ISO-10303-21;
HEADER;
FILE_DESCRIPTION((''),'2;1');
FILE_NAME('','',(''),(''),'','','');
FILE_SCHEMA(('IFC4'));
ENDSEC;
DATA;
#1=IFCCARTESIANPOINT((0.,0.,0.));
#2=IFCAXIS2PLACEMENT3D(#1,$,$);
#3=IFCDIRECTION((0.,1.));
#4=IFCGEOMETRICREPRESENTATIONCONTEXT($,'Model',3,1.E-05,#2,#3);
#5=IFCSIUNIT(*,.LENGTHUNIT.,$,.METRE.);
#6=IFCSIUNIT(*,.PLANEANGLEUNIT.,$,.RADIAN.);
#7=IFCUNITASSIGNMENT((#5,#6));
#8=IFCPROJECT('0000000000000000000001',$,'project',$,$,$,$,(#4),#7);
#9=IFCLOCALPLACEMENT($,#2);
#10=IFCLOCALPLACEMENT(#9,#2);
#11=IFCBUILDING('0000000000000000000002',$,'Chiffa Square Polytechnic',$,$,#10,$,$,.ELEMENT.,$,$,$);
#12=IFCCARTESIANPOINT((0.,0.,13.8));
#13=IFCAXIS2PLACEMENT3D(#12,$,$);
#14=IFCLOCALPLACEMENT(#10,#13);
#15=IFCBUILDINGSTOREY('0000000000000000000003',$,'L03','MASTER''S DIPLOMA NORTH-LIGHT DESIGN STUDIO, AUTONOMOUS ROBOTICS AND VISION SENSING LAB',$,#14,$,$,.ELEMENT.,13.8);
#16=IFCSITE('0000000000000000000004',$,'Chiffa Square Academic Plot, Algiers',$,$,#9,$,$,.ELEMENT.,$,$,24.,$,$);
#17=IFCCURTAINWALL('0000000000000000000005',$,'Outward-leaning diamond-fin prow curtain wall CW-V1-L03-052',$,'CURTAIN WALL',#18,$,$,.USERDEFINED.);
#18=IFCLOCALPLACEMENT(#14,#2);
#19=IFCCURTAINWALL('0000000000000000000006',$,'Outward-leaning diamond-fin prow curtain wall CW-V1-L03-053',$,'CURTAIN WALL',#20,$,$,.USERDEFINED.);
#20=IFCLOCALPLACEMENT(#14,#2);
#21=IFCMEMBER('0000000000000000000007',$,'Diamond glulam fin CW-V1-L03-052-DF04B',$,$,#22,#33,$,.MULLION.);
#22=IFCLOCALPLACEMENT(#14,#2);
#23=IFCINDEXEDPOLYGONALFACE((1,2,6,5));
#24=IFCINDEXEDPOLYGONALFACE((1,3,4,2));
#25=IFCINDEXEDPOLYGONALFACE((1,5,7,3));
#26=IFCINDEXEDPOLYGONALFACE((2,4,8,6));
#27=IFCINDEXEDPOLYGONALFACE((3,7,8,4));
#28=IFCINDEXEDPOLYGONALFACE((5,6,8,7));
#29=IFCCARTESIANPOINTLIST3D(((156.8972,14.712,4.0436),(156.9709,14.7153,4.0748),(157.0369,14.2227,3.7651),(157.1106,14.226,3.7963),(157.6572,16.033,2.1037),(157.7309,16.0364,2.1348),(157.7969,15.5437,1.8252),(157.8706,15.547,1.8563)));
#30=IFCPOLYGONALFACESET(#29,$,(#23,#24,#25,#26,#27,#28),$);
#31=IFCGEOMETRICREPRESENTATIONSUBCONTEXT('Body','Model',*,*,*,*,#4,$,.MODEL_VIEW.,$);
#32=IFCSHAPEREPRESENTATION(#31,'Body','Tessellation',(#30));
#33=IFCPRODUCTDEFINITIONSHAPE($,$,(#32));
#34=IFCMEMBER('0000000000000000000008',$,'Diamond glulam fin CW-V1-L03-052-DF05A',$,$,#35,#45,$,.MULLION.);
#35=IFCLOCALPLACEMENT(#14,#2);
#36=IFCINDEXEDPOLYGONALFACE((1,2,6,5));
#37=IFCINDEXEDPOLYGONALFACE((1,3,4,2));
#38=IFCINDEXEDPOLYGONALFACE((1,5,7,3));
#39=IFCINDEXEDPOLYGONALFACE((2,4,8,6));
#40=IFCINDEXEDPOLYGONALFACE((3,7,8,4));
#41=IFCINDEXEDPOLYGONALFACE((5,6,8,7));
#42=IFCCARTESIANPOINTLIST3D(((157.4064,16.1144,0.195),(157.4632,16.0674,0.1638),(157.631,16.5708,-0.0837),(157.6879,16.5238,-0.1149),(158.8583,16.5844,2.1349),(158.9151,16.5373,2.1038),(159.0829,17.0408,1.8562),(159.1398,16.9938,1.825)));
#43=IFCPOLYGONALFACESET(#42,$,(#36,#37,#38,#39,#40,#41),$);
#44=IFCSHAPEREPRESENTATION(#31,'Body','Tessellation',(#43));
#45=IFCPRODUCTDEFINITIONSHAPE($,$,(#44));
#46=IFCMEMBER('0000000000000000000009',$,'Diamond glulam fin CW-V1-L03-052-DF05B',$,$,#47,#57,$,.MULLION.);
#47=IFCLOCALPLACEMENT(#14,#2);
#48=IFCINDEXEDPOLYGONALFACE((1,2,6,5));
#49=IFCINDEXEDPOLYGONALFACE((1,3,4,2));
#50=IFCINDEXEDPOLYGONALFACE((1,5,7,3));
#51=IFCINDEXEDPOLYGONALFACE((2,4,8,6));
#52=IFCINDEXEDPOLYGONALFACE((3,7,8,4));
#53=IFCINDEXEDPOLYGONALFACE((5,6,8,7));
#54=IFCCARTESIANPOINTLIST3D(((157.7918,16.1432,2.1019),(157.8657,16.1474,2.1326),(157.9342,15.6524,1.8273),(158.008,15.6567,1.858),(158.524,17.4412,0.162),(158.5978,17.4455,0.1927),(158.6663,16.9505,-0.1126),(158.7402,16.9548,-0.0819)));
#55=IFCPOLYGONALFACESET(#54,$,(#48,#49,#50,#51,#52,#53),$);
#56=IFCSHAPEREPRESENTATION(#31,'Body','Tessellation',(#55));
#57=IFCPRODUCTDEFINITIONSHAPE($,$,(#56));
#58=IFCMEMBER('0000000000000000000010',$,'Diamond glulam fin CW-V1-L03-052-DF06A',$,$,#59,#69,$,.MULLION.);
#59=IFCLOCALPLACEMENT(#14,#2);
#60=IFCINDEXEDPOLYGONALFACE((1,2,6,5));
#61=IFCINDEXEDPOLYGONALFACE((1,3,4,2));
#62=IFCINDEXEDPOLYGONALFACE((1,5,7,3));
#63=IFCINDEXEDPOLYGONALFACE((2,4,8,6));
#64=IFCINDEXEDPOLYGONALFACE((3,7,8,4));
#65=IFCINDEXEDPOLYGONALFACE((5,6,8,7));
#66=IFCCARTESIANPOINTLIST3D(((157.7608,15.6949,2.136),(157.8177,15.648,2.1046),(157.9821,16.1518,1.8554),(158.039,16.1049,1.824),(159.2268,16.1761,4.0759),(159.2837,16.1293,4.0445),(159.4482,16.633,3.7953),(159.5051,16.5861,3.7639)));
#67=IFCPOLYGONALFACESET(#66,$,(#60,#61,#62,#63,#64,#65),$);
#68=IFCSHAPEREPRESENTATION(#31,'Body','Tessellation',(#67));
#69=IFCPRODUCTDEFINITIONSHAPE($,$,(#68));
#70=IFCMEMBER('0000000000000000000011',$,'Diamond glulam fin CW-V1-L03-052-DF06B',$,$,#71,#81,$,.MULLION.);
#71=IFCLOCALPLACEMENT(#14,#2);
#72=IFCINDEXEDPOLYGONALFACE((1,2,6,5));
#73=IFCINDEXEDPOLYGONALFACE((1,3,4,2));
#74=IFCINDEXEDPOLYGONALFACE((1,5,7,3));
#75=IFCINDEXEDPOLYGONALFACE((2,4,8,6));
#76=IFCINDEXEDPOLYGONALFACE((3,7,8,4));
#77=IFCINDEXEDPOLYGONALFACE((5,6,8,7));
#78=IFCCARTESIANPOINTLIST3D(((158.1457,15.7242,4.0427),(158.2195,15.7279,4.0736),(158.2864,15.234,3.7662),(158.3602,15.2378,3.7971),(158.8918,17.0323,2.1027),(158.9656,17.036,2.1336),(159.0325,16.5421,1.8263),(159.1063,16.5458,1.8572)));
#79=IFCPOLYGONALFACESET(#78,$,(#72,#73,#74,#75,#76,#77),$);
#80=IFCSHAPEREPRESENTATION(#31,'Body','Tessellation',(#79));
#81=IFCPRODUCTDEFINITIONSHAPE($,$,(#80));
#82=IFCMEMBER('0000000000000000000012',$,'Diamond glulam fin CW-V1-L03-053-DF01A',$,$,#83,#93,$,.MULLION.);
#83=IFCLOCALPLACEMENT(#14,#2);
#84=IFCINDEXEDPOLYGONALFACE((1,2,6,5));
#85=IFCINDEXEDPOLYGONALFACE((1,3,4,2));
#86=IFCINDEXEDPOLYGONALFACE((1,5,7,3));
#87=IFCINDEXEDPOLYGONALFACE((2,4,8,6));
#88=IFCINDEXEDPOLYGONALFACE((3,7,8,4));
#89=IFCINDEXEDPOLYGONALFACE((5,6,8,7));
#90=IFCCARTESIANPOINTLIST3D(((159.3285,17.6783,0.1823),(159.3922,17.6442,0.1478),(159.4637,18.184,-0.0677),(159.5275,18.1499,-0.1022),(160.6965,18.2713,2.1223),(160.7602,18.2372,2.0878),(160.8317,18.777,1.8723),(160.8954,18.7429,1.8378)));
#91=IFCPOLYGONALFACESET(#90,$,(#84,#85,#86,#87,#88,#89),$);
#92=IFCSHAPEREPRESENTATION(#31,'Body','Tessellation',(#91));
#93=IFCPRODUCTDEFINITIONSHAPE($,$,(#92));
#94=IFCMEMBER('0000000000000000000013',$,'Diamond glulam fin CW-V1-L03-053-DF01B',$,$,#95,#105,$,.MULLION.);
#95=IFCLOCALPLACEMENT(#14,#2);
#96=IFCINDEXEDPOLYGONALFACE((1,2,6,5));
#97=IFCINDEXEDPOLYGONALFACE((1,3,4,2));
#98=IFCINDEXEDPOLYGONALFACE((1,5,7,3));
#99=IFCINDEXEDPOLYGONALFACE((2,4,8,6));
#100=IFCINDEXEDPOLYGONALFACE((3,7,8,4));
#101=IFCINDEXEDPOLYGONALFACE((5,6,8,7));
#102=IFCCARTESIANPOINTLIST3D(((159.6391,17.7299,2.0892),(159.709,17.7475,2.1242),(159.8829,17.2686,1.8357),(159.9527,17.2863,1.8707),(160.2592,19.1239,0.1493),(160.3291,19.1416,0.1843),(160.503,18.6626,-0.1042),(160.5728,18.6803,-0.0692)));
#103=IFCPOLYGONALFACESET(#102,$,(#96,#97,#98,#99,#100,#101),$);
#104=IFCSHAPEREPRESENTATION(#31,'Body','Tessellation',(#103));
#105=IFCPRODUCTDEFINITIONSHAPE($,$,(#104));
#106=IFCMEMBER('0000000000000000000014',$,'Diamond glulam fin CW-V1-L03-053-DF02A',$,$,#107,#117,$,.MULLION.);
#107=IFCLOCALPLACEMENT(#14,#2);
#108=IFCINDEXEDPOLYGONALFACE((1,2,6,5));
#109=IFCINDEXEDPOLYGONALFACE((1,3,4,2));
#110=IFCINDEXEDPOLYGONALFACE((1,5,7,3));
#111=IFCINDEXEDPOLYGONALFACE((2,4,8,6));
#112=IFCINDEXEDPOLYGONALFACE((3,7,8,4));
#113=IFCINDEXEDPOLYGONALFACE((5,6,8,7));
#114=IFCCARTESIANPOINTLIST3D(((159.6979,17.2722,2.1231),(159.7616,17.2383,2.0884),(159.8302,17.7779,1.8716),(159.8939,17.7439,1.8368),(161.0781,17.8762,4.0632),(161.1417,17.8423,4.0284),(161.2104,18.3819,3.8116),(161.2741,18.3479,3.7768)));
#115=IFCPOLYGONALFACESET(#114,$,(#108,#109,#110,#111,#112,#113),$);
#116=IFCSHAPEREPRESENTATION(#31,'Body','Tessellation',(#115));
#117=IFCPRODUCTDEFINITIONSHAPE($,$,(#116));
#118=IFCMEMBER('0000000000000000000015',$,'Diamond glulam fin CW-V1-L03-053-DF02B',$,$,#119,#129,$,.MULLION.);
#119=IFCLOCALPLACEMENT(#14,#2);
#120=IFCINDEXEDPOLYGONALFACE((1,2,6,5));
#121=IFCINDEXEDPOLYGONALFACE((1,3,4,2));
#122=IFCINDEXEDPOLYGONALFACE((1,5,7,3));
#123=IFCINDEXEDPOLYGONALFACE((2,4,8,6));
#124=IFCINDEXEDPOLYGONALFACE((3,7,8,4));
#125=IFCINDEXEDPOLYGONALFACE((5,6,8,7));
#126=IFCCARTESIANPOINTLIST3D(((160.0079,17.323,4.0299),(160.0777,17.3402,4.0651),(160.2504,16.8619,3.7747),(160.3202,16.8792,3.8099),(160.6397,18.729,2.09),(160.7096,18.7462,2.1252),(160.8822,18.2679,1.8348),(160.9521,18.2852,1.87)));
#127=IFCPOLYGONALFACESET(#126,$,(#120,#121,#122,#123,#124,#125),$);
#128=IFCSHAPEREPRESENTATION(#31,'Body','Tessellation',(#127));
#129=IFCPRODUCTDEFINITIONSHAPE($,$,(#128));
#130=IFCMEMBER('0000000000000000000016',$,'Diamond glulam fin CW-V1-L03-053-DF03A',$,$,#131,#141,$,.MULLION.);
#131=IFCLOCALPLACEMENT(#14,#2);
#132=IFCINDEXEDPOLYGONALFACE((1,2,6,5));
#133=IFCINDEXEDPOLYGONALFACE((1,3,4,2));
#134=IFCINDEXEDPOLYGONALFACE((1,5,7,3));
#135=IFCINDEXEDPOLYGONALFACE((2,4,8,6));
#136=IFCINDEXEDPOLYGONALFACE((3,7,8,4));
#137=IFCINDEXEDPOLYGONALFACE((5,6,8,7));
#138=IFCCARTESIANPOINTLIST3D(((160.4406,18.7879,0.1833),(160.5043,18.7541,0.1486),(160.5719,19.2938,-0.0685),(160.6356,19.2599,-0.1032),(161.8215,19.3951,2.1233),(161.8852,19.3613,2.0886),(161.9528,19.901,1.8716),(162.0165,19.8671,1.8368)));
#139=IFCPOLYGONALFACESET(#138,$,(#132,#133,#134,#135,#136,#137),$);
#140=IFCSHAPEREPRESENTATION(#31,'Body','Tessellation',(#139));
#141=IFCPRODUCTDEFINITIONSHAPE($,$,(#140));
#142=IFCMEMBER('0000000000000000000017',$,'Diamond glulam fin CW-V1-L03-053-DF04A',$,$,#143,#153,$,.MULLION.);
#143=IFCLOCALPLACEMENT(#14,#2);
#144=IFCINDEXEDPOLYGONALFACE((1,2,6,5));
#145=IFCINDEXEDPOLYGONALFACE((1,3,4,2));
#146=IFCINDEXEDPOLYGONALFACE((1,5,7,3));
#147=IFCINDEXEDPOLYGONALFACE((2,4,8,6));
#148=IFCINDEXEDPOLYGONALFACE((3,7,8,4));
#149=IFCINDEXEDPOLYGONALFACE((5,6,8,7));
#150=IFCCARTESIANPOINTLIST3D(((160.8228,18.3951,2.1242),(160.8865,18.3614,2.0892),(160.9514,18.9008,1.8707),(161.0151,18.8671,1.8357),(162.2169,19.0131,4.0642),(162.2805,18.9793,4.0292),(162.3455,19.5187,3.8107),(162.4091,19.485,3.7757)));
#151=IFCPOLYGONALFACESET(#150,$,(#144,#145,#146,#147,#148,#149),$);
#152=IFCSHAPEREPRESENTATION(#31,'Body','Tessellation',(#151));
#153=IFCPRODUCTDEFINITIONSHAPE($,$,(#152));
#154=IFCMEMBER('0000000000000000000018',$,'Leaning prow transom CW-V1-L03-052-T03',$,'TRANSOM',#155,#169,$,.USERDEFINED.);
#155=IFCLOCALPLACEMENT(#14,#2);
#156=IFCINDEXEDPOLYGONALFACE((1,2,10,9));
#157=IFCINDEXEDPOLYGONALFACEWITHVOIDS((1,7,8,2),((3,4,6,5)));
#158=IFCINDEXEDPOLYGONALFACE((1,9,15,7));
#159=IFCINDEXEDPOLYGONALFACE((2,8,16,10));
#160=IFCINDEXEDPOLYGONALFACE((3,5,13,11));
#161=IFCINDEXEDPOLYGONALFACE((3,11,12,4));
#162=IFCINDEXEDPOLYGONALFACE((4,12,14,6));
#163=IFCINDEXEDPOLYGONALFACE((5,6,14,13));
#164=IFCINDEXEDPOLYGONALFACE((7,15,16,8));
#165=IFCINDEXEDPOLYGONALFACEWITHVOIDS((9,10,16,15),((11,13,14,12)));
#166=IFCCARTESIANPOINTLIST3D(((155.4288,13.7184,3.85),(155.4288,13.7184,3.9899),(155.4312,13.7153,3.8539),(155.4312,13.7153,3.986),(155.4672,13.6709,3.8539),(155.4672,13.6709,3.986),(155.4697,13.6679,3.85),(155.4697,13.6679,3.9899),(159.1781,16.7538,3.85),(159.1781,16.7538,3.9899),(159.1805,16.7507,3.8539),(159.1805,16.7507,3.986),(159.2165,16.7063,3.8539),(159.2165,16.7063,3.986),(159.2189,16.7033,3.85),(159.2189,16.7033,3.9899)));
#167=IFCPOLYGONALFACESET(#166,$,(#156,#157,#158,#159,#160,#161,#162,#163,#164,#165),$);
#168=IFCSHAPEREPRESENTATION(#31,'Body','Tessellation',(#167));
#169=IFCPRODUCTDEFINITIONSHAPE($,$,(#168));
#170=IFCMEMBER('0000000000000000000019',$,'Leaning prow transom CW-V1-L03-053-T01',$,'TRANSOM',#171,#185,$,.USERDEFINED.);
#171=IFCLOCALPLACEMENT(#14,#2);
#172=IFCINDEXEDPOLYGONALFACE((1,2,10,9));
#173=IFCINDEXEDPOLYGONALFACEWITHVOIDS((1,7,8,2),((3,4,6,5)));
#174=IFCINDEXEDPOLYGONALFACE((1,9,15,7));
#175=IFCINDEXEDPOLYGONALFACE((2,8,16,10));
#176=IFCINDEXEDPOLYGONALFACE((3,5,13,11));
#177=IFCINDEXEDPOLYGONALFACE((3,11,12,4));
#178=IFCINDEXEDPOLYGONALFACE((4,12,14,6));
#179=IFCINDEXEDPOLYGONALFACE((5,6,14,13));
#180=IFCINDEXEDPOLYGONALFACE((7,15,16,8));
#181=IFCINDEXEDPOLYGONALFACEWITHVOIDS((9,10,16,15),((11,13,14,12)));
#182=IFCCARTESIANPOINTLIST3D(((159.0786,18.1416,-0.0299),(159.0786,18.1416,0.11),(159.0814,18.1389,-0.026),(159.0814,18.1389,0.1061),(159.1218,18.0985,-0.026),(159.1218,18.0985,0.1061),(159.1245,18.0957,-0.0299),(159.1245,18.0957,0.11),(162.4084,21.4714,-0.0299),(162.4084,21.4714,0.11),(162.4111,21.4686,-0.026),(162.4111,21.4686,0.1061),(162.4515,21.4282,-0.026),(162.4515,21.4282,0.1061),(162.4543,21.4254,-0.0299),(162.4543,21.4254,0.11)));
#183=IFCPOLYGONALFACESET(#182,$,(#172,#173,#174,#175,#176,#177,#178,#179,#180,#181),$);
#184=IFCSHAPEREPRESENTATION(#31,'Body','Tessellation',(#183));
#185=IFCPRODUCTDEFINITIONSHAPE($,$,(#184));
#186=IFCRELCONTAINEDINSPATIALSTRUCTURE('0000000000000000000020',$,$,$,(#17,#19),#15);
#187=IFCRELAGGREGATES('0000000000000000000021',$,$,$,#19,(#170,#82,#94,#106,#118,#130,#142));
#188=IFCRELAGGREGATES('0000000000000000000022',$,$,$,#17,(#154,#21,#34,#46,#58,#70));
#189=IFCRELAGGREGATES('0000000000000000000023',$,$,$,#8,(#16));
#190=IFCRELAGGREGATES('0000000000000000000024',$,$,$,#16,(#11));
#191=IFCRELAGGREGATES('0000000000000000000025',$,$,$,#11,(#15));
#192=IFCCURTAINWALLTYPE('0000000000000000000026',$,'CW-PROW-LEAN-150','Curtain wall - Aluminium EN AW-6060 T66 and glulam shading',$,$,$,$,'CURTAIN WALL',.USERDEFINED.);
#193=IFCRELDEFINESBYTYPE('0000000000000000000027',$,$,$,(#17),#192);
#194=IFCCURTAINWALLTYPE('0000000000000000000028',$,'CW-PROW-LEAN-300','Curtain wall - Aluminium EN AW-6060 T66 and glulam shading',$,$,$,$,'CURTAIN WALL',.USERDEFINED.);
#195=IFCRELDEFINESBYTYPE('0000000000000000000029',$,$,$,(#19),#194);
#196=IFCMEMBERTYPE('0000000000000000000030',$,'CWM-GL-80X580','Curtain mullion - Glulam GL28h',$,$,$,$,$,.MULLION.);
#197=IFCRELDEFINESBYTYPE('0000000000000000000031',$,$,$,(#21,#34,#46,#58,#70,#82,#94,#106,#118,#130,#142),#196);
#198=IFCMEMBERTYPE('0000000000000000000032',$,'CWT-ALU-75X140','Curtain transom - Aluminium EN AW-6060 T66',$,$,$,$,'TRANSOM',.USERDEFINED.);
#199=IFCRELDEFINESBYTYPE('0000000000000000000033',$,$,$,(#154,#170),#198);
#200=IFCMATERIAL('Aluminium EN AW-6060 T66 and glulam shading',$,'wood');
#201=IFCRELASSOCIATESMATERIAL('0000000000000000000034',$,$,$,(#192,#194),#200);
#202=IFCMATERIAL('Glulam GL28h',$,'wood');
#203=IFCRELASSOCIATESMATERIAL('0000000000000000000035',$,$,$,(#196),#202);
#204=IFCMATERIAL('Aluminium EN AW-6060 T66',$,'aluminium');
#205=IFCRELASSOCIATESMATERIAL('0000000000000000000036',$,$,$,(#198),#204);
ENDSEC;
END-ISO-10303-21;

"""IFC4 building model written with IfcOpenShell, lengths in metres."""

from ifc_helpers import new_model, si_unit, direction, frame, origin, origin_2d, place, context, subcontext, project, spatial, rectangle, hollow_rectangle, extrude, material, material_profile, profile_set, type_object, element, aggregate, save


model = new_model("IFC4")

# Units and contexts
model_context = context("Model", 3, precision=1e-05, world=origin(), true_north=direction((0.0, 1.0)))
body_context = subcontext(model_context, "Body", "Model", "MODEL_VIEW")
ifc_project = project(units=[si_unit("LENGTHUNIT", "METRE"), si_unit("PLANEANGLEUNIT", "RADIAN")], contexts=[model_context])

# Site, building, storey
site_placement = place(None, origin())
site = spatial("IfcSite", under=ifc_project, at=site_placement, Name="Chiffa Square Academic Plot, Algiers", CompositionType="ELEMENT", RefElevation=24.0)
building_placement = place(site_placement, origin())
building = spatial("IfcBuilding", under=site, at=building_placement, Name="Chiffa Square Polytechnic", CompositionType="ELEMENT")
storey_placement = place(building_placement, frame((0.0, 0.0, 13.8)))
storey = spatial("IfcBuildingStorey", under=building, at=storey_placement, Name="L03", Description="MASTER'S DIPLOMA NORTH-LIGHT DESIGN STUDIO, AUTONOMOUS ROBOTICS AND VISION SENSING LAB", CompositionType="ELEMENT", Elevation=13.8)

# Curtain walls
ifc_material_1 = material(Name="Aluminium EN AW-6060 T66 and glulam shading", Category="wood")
curtain_wall_type_1 = type_object("IfcCurtainWallType", Name="CW-PROW-LEAN-150", Description="Curtain wall - Aluminium EN AW-6060 T66 and glulam shading", ElementType="CURTAIN WALL", PredefinedType="USERDEFINED", material=ifc_material_1)
curtain_wall_1_placement = place(storey_placement, origin())
curtain_wall_1 = element("IfcCurtainWall", 1, at=curtain_wall_1_placement, inside=storey, type_object=curtain_wall_type_1, Name="Outward-leaning diamond-fin prow curtain wall CW-V1-L03-052", ObjectType="CURTAIN WALL", PredefinedType="USERDEFINED")
ifc_material_2 = material(Name="Aluminium EN AW-6060 T66", Category="aluminium")
curtain_wall_type_2 = type_object("IfcCurtainWallType", Name="CW-PROW-LEAN-300", Description="Curtain wall - Aluminium EN AW-6060 T66 and glulam shading", ElementType="CURTAIN WALL", PredefinedType="USERDEFINED", material=ifc_material_1)
curtain_wall_2_placement = place(storey_placement, origin())
curtain_wall_2 = element("IfcCurtainWall", 2, at=curtain_wall_2_placement, inside=storey, type_object=curtain_wall_type_2, Name="Outward-leaning diamond-fin prow curtain wall CW-V1-L03-053", ObjectType="CURTAIN WALL", PredefinedType="USERDEFINED")

# Members
ifc_material_3 = material(Name="Glulam GL28h", Category="wood")
ifc_material_profile_1 = material_profile(ifc_material_3, rectangle(XDim=0.0801, YDim=0.5801, at=origin_2d()), Name="GL28h 80x580")
ifc_profile_set_1 = profile_set([ifc_material_profile_1], Name="Glulam GL28h")
member_type_1 = type_object("IfcMemberType", Name="CWM-GL-80X580", Description="Curtain mullion - Glulam GL28h", PredefinedType="MULLION", material=ifc_profile_set_1)
member_1_placement = place(storey_placement, frame((157.7639, 15.79, 1.98), z_axis=(-0.308069, -0.535484, 0.786353), x_axis=(0.9204, 0.041405, 0.38878)))
member_1 = element("IfcMember", 3, at=member_1_placement, type_object=member_type_1, Name="Diamond glulam fin CW-V1-L03-052-DF04B", PredefinedType="MULLION", context=body_context, shape_type="SweptSolid", body=[
    extrude(rectangle(XDim=0.0801, YDim=0.5801, at=origin_2d()), origin(), (0.0, 0.0, 1.0), 2.467),
])
member_2_placement = place(storey_placement, frame((157.5471, 16.3191, 0.04), z_axis=(0.588232, 0.190406, 0.785957), x_axis=(-0.709911, 0.587053, 0.389097)))
member_2 = element("IfcMember", 4, at=member_2_placement, type_object=member_type_1, Name="Diamond glulam fin CW-V1-L03-052-DF05A", PredefinedType="MULLION", context=body_context, shape_type="SweptSolid", body=[
    extrude(rectangle(XDim=0.0801, YDim=0.5801, at=origin_2d()), origin(), (0.0, 0.0, 1.0), 2.4683),
])
member_3_placement = place(storey_placement, frame((158.6321, 17.198, 0.04), z_axis=(-0.299297, -0.530631, 0.793002), x_axis=(0.92207, 0.052879, 0.383394)))
member_3 = element("IfcMember", 5, at=member_3_placement, type_object=member_type_1, Name="Diamond glulam fin CW-V1-L03-052-DF05B", PredefinedType="MULLION", context=body_context, shape_type="SweptSolid", body=[
    extrude(rectangle(XDim=0.0801, YDim=0.5801, at=origin_2d()), origin(), (0.0, 0.0, 1.0), 2.4463),
])
member_4_placement = place(storey_placement, frame((157.8999, 15.8999, 1.98), z_axis=(0.59145, 0.194129, 0.782624), x_axis=(-0.710318, 0.584792, 0.391748)))
member_4 = element("IfcMember", 6, at=member_4_placement, type_object=member_type_1, Name="Diamond glulam fin CW-V1-L03-052-DF06A", PredefinedType="MULLION", context=body_context, shape_type="SweptSolid", body=[
    extrude(rectangle(XDim=0.0801, YDim=0.5801, at=origin_2d()), origin(), (0.0, 0.0, 1.0), 2.4788),
])
member_5_placement = place(storey_placement, frame((158.999, 16.7891, 1.98), z_axis=(-0.303803, -0.53265, 0.789929), x_axis=(0.921354, 0.046788, 0.385898)))
member_5 = element("IfcMember", 7, at=member_5_placement, type_object=member_type_1, Name="Diamond glulam fin CW-V1-L03-052-DF06B", PredefinedType="MULLION", context=body_context, shape_type="SweptSolid", body=[
    extrude(rectangle(XDim=0.0801, YDim=0.5801, at=origin_2d()), origin(), (0.0, 0.0, 1.0), 2.4558),
])
member_6_placement = place(storey_placement, frame((159.428, 17.9141, 0.04), z_axis=(0.559092, 0.242376, 0.792887), x_axis=(-0.79565, 0.425765, 0.430889)))
member_6 = element("IfcMember", 8, at=member_6_placement, type_object=member_type_1, Name="Diamond glulam fin CW-V1-L03-053-DF01A", PredefinedType="MULLION", context=body_context, shape_type="SweptSolid", body=[
    extrude(rectangle(XDim=0.0801, YDim=0.5801, at=origin_2d()), origin(), (0.0, 0.0, 1.0), 2.4468),
])
member_7_placement = place(storey_placement, frame((160.416, 18.9021, 0.04), z_axis=(-0.251258, -0.564836, 0.786022), x_axis=(0.871966, 0.220431, 0.437133)))
member_7 = element("IfcMember", 9, at=member_7_placement, type_object=member_type_1, Name="Diamond glulam fin CW-V1-L03-053-DF01B", PredefinedType="MULLION", context=body_context, shape_type="SweptSolid", body=[
    extrude(rectangle(XDim=0.0801, YDim=0.5801, at=origin_2d()), origin(), (0.0, 0.0, 1.0), 2.468),
])
member_8_placement = place(storey_placement, frame((159.7959, 17.5081, 1.98), z_axis=(0.561894, 0.245909, 0.789812), x_axis=(-0.79513, 0.423875, 0.433703)))
member_8 = element("IfcMember", 10, at=member_8_placement, type_object=member_type_1, Name="Diamond glulam fin CW-V1-L03-053-DF02A", PredefinedType="MULLION", context=body_context, shape_type="SweptSolid", body=[
    extrude(rectangle(XDim=0.0801, YDim=0.5801, at=origin_2d()), origin(), (0.0, 0.0, 1.0), 2.4563),
])
member_9_placement = place(storey_placement, frame((160.7959, 18.5071, 1.98), z_axis=(-0.255, -0.567444, 0.782932), x_axis=(0.8719, 0.21513, 0.439896)))
member_9 = element("IfcMember", 11, at=member_9_placement, type_object=member_type_1, Name="Diamond glulam fin CW-V1-L03-053-DF02B", PredefinedType="MULLION", context=body_context, shape_type="SweptSolid", body=[
    extrude(rectangle(XDim=0.0801, YDim=0.5801, at=origin_2d()), origin(), (0.0, 0.0, 1.0), 2.4778),
])
member_10_placement = place(storey_placement, frame((160.5381, 19.0239, 0.04), z_axis=(0.561919, 0.247081, 0.789429), x_axis=(-0.795615, 0.422606, 0.434052)))
member_10 = element("IfcMember", 12, at=member_10_placement, type_object=member_type_1, Name="Diamond glulam fin CW-V1-L03-053-DF03A", PredefinedType="MULLION", context=body_context, shape_type="SweptSolid", body=[
    extrude(rectangle(XDim=0.0801, YDim=0.5801, at=origin_2d()), origin(), (0.0, 0.0, 1.0), 2.4575),
])
member_11_placement = place(storey_placement, frame((160.9189, 18.6311, 1.98), z_axis=(0.564962, 0.250424, 0.786197), x_axis=(-0.794777, 0.421168, 0.436975)))
member_11 = element("IfcMember", 13, at=member_11_placement, type_object=member_type_1, Name="Diamond glulam fin CW-V1-L03-053-DF04A", PredefinedType="MULLION", context=body_context, shape_type="SweptSolid", body=[
    extrude(rectangle(XDim=0.0801, YDim=0.5801, at=origin_2d()), origin(), (0.0, 0.0, 1.0), 2.4675),
])
ifc_material_profile_2 = material_profile(ifc_material_2, hollow_rectangle(XDim=0.0649, YDim=0.1399, WallThickness=0.0039, at=origin_2d()), Name="ALU 65x140x4")
ifc_profile_set_2 = profile_set([ifc_material_profile_2], Name="Aluminium EN AW-6060 T66")
member_type_2 = type_object("IfcMemberType", Name="CWT-ALU-75X140", Description="Curtain transom - Aluminium EN AW-6060 T66", ElementType="TRANSOM", PredefinedType="USERDEFINED", material=ifc_profile_set_2)
member_12_placement = place(storey_placement, frame((155.4492, 13.6931, 3.9199), z_axis=(0.777217, 0.629233, 0.0), x_axis=(-0.629233, 0.777217, 0.0)))
member_12 = element("IfcMember", 14, at=member_12_placement, type_object=member_type_2, Name="Leaning prow transom CW-V1-L03-052-T03", ObjectType="TRANSOM", PredefinedType="USERDEFINED", context=body_context, shape_type="SweptSolid", body=[
    extrude(hollow_rectangle(XDim=0.0649, YDim=0.1399, WallThickness=0.0039, at=origin_2d()), origin(), (0.0, 0.0, 1.0), 4.824),
])
member_13_placement = place(storey_placement, frame((159.1016, 18.1187, 0.04), z_axis=(0.707107, 0.707107, 0.0), x_axis=(-0.707107, 0.707107, 0.0)))
member_13 = element("IfcMember", 15, at=member_13_placement, type_object=member_type_2, Name="Leaning prow transom CW-V1-L03-053-T01", ObjectType="TRANSOM", PredefinedType="USERDEFINED", context=body_context, shape_type="SweptSolid", body=[
    extrude(hollow_rectangle(XDim=0.0649, YDim=0.1399, WallThickness=0.0039, at=origin_2d()), origin(), (0.0, 0.0, 1.0), 4.709),
])

aggregate(curtain_wall_2, [member_13, member_6, member_7, member_8, member_9, member_10, member_11])
aggregate(curtain_wall_1, [member_12, member_1, member_2, member_3, member_4, member_5])

save(model, "model.ifc")
